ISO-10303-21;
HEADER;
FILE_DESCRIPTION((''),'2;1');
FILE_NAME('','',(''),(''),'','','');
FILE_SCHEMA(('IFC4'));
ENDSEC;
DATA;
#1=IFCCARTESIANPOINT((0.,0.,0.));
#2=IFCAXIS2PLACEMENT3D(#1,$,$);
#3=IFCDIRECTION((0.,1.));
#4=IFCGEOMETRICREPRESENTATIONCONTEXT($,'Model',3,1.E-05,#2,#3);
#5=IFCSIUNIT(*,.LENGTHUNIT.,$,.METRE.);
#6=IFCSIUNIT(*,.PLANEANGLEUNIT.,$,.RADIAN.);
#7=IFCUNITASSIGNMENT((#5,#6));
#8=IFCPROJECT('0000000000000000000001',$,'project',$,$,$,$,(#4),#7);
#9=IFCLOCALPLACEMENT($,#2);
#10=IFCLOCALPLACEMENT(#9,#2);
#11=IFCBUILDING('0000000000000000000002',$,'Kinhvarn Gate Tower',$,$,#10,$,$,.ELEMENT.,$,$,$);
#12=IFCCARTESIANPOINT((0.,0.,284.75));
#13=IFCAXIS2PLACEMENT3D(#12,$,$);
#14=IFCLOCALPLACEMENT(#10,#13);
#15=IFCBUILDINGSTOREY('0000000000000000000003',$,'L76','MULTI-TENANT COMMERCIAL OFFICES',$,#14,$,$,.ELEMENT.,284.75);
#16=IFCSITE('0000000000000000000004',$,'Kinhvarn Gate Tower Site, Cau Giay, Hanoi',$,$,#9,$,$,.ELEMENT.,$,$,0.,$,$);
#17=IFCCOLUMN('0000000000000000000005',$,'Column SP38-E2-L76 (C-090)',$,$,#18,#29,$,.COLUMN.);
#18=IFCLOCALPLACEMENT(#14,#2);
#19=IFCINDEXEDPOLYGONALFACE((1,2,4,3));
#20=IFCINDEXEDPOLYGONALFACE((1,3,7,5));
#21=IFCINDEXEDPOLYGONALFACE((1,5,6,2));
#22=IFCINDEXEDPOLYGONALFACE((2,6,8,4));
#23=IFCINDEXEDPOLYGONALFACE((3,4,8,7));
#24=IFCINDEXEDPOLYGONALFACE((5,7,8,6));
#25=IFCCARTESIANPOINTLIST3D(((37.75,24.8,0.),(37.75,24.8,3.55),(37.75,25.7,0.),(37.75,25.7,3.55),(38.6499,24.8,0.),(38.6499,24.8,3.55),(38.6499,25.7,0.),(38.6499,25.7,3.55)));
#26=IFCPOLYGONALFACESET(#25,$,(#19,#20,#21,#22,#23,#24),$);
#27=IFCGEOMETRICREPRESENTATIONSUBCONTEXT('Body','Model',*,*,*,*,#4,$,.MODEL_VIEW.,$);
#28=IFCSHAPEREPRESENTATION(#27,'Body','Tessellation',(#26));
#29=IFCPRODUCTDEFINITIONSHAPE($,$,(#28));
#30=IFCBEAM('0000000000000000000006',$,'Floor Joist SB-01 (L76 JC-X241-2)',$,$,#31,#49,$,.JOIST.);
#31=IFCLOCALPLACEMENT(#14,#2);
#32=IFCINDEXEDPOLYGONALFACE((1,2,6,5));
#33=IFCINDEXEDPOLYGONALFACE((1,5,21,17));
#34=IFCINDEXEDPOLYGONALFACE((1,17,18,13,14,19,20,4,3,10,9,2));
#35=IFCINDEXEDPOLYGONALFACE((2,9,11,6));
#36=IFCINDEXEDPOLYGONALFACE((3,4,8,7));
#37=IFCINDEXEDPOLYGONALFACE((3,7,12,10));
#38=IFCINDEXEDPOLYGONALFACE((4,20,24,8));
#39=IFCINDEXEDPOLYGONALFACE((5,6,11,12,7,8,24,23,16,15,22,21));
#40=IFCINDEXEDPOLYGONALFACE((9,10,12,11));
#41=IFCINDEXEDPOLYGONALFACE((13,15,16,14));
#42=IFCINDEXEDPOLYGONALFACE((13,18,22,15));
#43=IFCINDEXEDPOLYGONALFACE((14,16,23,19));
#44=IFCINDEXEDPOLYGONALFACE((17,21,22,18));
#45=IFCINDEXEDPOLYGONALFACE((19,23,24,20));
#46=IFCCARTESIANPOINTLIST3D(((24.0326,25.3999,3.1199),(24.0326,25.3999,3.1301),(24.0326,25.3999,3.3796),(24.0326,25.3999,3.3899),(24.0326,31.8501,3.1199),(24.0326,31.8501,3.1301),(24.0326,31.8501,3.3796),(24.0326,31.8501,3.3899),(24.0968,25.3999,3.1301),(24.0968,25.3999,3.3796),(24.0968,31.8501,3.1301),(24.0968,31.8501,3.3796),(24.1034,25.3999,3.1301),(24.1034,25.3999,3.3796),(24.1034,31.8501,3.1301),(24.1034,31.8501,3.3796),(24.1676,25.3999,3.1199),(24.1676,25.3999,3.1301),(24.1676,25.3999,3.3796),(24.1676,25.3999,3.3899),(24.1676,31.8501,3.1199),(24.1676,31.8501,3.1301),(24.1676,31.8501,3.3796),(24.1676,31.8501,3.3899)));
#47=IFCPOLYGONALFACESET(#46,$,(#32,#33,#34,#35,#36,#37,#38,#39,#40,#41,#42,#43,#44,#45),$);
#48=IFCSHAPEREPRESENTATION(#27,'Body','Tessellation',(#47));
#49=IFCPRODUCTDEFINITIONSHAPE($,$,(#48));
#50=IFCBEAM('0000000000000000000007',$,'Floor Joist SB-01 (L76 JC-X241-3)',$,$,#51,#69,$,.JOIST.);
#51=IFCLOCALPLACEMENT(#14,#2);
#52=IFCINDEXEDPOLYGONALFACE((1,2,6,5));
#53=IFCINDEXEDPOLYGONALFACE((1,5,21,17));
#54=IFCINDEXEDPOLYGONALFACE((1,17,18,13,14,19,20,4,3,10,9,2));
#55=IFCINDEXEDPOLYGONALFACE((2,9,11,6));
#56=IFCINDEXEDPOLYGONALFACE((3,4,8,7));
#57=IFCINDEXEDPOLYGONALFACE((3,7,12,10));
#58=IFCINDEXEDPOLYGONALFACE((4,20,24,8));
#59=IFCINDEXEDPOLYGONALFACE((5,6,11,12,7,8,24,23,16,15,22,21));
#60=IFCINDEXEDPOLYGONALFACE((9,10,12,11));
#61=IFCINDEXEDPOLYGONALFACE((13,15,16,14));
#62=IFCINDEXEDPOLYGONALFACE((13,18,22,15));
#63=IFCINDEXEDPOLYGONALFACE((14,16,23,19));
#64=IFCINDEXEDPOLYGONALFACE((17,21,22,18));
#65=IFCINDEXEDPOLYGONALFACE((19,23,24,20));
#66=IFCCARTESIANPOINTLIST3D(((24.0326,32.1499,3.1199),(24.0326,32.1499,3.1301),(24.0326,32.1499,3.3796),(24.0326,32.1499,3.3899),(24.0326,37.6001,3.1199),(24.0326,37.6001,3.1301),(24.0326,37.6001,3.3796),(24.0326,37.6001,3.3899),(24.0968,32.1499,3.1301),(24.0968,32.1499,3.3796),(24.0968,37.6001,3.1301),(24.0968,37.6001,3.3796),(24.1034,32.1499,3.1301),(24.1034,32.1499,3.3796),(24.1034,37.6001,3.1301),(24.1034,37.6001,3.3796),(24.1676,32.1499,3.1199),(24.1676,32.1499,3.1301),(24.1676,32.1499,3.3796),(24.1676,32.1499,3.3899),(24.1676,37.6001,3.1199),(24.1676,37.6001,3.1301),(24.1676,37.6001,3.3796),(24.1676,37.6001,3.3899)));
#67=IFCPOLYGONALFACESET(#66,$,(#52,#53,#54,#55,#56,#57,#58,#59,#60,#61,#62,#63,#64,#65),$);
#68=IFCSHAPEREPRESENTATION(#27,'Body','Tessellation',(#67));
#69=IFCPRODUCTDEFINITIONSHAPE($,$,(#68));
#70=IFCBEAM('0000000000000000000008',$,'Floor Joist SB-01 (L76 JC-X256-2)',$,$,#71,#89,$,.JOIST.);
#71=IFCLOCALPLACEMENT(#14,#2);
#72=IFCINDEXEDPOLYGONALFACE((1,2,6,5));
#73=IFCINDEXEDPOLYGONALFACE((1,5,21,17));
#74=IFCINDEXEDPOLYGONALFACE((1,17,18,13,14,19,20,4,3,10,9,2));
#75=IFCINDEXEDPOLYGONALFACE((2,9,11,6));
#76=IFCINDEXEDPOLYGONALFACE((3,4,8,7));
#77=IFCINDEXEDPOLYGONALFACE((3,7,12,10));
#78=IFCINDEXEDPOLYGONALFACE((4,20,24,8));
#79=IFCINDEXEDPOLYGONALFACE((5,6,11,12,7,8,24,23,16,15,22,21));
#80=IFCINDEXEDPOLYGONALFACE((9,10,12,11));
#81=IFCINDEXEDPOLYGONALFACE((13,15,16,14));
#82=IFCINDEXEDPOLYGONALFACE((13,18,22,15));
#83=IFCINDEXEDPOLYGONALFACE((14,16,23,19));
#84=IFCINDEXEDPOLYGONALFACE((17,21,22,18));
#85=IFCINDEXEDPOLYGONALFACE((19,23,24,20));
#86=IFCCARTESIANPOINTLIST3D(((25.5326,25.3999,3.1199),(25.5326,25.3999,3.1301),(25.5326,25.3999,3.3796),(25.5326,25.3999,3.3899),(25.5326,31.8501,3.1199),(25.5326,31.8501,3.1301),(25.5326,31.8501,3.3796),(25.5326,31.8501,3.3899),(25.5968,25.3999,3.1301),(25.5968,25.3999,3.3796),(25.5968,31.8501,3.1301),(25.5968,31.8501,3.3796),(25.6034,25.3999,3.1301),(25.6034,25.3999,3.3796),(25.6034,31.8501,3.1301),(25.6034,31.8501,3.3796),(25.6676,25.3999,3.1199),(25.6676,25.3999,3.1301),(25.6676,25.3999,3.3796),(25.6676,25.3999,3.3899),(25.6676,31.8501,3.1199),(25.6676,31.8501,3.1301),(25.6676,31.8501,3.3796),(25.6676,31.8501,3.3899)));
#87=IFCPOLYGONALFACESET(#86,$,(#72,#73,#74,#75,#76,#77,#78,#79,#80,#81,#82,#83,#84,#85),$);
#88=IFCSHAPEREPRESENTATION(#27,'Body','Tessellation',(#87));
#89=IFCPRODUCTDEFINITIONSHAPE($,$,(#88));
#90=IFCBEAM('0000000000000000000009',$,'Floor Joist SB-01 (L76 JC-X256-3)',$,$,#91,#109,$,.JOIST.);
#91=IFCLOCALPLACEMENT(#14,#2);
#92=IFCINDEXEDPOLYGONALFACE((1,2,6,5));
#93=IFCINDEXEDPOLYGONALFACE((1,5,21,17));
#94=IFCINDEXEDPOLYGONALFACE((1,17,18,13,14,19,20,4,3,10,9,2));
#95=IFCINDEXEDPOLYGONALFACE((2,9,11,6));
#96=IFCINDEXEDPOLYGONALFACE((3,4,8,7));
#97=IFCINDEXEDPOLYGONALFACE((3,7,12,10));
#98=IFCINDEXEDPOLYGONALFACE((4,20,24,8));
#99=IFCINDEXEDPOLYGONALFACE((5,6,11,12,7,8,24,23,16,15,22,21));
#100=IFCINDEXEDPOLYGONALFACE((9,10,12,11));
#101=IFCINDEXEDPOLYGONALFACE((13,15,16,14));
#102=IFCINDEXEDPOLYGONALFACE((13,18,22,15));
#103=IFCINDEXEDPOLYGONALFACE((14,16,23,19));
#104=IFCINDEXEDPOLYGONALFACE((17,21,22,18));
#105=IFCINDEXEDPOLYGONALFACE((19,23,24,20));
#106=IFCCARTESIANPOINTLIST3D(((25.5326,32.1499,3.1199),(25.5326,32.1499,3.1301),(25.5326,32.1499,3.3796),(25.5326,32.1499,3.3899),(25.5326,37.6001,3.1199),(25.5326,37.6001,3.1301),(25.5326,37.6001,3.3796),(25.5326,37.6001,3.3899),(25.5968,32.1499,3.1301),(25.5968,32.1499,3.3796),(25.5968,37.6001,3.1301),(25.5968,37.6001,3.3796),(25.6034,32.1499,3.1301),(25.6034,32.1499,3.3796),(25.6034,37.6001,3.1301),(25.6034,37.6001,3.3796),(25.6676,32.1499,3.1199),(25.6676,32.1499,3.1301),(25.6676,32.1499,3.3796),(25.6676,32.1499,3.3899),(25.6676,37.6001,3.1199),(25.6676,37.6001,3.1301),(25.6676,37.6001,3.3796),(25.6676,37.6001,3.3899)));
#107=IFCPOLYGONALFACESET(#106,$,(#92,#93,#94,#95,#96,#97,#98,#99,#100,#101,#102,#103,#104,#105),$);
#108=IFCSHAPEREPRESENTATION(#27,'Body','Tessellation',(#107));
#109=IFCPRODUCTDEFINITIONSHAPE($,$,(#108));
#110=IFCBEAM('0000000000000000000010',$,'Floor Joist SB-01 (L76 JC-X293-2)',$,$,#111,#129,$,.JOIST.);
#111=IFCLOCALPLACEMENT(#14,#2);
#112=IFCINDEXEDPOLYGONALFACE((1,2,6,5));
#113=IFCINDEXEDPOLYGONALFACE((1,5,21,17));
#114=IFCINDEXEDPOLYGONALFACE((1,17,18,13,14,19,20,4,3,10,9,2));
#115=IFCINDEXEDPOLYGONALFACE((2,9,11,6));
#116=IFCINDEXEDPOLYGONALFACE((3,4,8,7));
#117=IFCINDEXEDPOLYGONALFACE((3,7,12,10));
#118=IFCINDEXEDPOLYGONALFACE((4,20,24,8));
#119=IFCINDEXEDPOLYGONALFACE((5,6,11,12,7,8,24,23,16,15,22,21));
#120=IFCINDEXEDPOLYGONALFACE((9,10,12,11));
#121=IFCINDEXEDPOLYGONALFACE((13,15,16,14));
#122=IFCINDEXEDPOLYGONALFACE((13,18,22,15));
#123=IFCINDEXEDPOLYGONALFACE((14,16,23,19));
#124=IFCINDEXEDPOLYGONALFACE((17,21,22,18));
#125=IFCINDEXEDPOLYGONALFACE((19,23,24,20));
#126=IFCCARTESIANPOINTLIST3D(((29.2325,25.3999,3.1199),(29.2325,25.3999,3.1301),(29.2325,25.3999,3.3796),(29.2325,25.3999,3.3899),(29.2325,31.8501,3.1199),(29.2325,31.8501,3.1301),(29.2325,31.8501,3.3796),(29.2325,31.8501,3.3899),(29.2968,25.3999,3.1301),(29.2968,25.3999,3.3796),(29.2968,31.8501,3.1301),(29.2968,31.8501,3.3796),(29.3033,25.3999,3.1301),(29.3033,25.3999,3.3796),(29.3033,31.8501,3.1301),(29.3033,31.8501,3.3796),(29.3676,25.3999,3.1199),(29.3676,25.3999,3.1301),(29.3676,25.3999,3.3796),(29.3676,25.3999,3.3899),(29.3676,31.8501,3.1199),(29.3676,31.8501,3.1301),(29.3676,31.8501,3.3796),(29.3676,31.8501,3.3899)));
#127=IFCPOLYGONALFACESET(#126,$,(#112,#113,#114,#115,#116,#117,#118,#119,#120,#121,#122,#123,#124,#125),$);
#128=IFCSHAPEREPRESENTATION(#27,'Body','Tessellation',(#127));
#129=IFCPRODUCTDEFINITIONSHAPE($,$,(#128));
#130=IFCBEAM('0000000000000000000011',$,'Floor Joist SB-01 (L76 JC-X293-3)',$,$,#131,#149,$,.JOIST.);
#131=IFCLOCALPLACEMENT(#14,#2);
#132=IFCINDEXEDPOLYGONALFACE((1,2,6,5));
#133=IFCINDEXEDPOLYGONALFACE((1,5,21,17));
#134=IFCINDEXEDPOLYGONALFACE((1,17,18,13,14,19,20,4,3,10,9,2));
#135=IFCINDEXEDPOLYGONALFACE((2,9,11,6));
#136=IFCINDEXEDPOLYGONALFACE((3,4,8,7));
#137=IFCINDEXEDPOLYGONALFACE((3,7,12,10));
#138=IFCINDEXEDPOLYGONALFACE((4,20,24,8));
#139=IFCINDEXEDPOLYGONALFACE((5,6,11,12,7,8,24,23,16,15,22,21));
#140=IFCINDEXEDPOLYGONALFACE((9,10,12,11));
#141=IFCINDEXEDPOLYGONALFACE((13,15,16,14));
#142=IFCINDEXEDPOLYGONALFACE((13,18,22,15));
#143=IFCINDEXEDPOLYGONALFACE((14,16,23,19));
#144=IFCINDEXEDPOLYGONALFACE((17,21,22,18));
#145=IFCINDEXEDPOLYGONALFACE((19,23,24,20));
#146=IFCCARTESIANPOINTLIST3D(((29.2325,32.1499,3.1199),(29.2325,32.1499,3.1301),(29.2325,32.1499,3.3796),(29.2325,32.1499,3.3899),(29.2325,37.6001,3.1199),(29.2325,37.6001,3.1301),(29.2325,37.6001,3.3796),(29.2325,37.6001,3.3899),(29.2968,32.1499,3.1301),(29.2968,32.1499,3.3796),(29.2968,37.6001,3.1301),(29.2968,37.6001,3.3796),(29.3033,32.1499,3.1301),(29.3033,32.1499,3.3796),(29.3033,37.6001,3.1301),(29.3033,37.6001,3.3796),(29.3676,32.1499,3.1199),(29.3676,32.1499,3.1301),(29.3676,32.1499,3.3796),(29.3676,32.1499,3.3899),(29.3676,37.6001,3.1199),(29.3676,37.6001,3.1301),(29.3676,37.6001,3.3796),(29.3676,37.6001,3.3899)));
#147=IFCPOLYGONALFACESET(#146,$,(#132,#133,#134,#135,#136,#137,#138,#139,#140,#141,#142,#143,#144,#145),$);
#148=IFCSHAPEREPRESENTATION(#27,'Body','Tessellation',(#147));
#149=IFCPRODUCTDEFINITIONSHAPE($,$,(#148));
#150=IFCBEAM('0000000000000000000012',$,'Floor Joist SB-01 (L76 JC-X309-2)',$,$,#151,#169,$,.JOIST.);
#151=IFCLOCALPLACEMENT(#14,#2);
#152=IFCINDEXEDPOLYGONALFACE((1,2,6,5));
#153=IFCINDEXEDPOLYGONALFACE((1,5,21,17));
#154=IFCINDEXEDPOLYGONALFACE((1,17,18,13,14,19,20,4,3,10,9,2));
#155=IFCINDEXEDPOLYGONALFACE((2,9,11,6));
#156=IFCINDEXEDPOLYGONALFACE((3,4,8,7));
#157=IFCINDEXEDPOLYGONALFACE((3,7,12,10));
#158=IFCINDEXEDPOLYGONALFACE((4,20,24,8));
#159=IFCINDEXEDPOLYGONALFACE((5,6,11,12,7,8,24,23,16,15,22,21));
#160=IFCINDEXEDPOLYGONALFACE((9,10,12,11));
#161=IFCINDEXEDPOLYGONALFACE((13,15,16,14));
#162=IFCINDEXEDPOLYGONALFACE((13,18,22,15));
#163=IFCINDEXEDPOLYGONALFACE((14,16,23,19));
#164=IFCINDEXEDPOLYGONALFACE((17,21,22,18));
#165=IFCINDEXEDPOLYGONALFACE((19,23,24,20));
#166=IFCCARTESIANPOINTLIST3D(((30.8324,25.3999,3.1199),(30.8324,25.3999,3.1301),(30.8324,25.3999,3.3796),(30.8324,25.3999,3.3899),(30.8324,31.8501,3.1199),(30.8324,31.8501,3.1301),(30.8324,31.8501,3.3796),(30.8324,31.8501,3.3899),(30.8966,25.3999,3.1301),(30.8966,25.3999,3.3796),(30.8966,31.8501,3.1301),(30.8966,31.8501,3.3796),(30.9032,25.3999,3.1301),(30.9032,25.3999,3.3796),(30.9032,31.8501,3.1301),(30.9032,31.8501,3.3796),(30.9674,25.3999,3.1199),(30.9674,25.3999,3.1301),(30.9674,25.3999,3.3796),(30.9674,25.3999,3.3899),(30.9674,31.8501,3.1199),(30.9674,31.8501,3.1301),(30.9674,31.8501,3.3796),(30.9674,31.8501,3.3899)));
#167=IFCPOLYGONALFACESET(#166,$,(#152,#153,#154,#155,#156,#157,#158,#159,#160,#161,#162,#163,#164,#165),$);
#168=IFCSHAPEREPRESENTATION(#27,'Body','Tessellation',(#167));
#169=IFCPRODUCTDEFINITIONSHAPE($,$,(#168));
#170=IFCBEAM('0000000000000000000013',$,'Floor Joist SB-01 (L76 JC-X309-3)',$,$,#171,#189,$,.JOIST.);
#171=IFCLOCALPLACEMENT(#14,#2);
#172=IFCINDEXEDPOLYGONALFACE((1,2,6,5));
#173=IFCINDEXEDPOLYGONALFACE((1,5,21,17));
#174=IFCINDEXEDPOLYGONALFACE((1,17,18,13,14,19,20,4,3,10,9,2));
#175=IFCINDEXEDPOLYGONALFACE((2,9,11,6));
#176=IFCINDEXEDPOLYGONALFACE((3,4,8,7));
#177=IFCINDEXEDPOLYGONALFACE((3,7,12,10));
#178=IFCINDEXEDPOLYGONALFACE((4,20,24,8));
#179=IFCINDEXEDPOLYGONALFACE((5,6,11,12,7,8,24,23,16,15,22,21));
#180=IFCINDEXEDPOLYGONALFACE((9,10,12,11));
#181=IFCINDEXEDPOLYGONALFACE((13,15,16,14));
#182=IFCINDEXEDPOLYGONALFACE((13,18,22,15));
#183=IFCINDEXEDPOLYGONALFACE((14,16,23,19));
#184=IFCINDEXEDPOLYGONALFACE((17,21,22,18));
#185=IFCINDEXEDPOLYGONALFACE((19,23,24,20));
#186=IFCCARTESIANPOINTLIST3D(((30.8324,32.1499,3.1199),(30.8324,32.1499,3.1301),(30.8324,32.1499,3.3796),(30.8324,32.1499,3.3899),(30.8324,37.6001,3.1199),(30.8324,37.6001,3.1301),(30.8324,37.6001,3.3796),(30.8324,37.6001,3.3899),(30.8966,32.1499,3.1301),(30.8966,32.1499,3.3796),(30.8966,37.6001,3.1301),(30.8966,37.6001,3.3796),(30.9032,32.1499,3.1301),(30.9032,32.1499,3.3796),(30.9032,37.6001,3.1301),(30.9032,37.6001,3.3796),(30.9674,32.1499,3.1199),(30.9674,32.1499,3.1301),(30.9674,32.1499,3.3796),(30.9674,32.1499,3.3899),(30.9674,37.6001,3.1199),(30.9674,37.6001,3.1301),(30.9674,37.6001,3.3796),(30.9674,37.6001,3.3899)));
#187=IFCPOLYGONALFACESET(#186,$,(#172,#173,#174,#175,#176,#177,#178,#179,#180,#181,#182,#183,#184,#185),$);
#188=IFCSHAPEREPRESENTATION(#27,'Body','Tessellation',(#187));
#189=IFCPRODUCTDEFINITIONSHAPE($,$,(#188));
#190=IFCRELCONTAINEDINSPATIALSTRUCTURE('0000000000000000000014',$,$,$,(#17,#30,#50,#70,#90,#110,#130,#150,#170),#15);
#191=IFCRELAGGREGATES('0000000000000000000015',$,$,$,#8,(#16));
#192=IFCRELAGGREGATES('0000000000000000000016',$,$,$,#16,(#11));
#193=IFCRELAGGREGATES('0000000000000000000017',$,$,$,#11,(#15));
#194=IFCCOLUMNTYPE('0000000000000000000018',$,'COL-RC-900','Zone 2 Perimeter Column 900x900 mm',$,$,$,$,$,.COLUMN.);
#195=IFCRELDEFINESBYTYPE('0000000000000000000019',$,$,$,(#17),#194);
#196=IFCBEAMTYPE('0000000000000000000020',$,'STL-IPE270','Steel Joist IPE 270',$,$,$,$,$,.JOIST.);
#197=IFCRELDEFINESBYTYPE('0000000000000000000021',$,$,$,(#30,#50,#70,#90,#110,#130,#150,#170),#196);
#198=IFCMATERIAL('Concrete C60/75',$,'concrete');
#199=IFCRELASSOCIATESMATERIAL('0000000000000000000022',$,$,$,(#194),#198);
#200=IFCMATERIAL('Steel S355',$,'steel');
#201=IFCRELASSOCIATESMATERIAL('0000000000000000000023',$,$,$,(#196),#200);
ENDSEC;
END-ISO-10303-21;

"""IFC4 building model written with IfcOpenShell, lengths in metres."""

from ifc_helpers import new_model, si_unit, direction, frame, origin, origin_2d, place, context, subcontext, project, spatial, rectangle, i_section, extrude, material, material_profile, profile_set, type_object, element, save


model = new_model("IFC4")

# Units and contexts
model_context = context("Model", 3, precision=1e-05, world=origin(), true_north=direction((0.0, 1.0)))
body_context = subcontext(model_context, "Body", "Model", "MODEL_VIEW")
ifc_project = project(units=[si_unit("LENGTHUNIT", "METRE"), si_unit("PLANEANGLEUNIT", "RADIAN")], contexts=[model_context])

# Site, building, storey
site_placement = place(None, origin())
site = spatial("IfcSite", under=ifc_project, at=site_placement, Name="Kinhvarn Gate Tower Site, Cau Giay, Hanoi", CompositionType="ELEMENT", RefElevation=0.0)
building_placement = place(site_placement, origin())
building = spatial("IfcBuilding", under=site, at=building_placement, Name="Kinhvarn Gate Tower", CompositionType="ELEMENT")
storey_placement = place(building_placement, frame((0.0, 0.0, 284.75)))
storey = spatial("IfcBuildingStorey", under=building, at=storey_placement, Name="L76", Description="MULTI-TENANT COMMERCIAL OFFICES", CompositionType="ELEMENT", Elevation=284.75)

# Column
ifc_material_1 = material(Name="Concrete C60/75", Category="concrete")
ifc_material_profile_1 = material_profile(ifc_material_1, rectangle(XDim=0.8999, YDim=0.8999, at=origin_2d()), Name="RC 900x900")
ifc_profile_set_1 = profile_set([ifc_material_profile_1], Name="Concrete C60/75")
column_type = type_object("IfcColumnType", Name="COL-RC-900", Description="Zone 2 Perimeter Column 900x900 mm", PredefinedType="COLUMN", material=ifc_profile_set_1)
column_placement = place(storey_placement, frame((38.2, 25.25, 0.0), z_axis=(0.0, 0.0, 1.0), x_axis=(1.0, 0.0, 0.0)))
element("IfcColumn", 1, at=column_placement, inside=storey, type_object=column_type, Name="Column SP38-E2-L76 (C-090)", PredefinedType="COLUMN", context=body_context, shape_type="SweptSolid", body=[
    extrude(rectangle(XDim=0.8999, YDim=0.8999, at=origin_2d()), origin(), (0.0, 0.0, 1.0), 3.55),
])

# Beams
ifc_material_2 = material(Name="Steel S355", Category="steel")
ifc_material_profile_2 = material_profile(ifc_material_2, i_section(OverallWidth=0.135, OverallDepth=0.27, WebThickness=0.0066, FlangeThickness=0.0103, at=origin_2d()), Name="IPE 270")
ifc_profile_set_2 = profile_set([ifc_material_profile_2], Name="Steel S355")
beam_type = type_object("IfcBeamType", Name="STL-IPE270", Description="Steel Joist IPE 270", PredefinedType="JOIST", material=ifc_profile_set_2)
beam_1_placement = place(storey_placement, frame((24.1001, 25.3999, 3.2549), z_axis=(0.0, 1.0, 0.0), x_axis=(-1.0, 0.0, 0.0)))
element("IfcBeam", 2, at=beam_1_placement, inside=storey, type_object=beam_type, Name="Floor Joist SB-01 (L76 JC-X241-2)", PredefinedType="JOIST", context=body_context, shape_type="SweptSolid", body=[
    extrude(i_section(OverallWidth=0.135, OverallDepth=0.27, WebThickness=0.0066, FlangeThickness=0.0103, at=origin_2d()), origin(), (0.0, 0.0, 1.0), 6.4502),
])
beam_2_placement = place(storey_placement, frame((24.1001, 32.1499, 3.2549), z_axis=(0.0, 1.0, 0.0), x_axis=(-1.0, 0.0, 0.0)))
element("IfcBeam", 3, at=beam_2_placement, inside=storey, type_object=beam_type, Name="Floor Joist SB-01 (L76 JC-X241-3)", PredefinedType="JOIST", context=body_context, shape_type="SweptSolid", body=[
    extrude(i_section(OverallWidth=0.135, OverallDepth=0.27, WebThickness=0.0066, FlangeThickness=0.0103, at=origin_2d()), origin(), (0.0, 0.0, 1.0), 5.4502),
])
beam_3_placement = place(storey_placement, frame((25.6001, 25.3999, 3.2549), z_axis=(0.0, 1.0, 0.0), x_axis=(-1.0, 0.0, 0.0)))
element("IfcBeam", 4, at=beam_3_placement, inside=storey, type_object=beam_type, Name="Floor Joist SB-01 (L76 JC-X256-2)", PredefinedType="JOIST", context=body_context, shape_type="SweptSolid", body=[
    extrude(i_section(OverallWidth=0.135, OverallDepth=0.27, WebThickness=0.0066, FlangeThickness=0.0103, at=origin_2d()), origin(), (0.0, 0.0, 1.0), 6.4502),
])
beam_4_placement = place(storey_placement, frame((25.6001, 32.1499, 3.2549), z_axis=(0.0, 1.0, 0.0), x_axis=(-1.0, 0.0, 0.0)))
element("IfcBeam", 5, at=beam_4_placement, inside=storey, type_object=beam_type, Name="Floor Joist SB-01 (L76 JC-X256-3)", PredefinedType="JOIST", context=body_context, shape_type="SweptSolid", body=[
    extrude(i_section(OverallWidth=0.135, OverallDepth=0.27, WebThickness=0.0066, FlangeThickness=0.0103, at=origin_2d()), origin(), (0.0, 0.0, 1.0), 5.4502),
])
beam_5_placement = place(storey_placement, frame((29.3, 25.3999, 3.2549), z_axis=(0.0, 1.0, 0.0), x_axis=(-1.0, 0.0, 0.0)))
element("IfcBeam", 6, at=beam_5_placement, inside=storey, type_object=beam_type, Name="Floor Joist SB-01 (L76 JC-X293-2)", PredefinedType="JOIST", context=body_context, shape_type="SweptSolid", body=[
    extrude(i_section(OverallWidth=0.135, OverallDepth=0.27, WebThickness=0.0066, FlangeThickness=0.0103, at=origin_2d()), origin(), (0.0, 0.0, 1.0), 6.4502),
])
beam_6_placement = place(storey_placement, frame((29.3, 32.1499, 3.2549), z_axis=(0.0, 1.0, 0.0), x_axis=(-1.0, 0.0, 0.0)))
element("IfcBeam", 7, at=beam_6_placement, inside=storey, type_object=beam_type, Name="Floor Joist SB-01 (L76 JC-X293-3)", PredefinedType="JOIST", context=body_context, shape_type="SweptSolid", body=[
    extrude(i_section(OverallWidth=0.135, OverallDepth=0.27, WebThickness=0.0066, FlangeThickness=0.0103, at=origin_2d()), origin(), (0.0, 0.0, 1.0), 5.4502),
])
beam_7_placement = place(storey_placement, frame((30.8999, 25.3999, 3.2549), z_axis=(0.0, 1.0, 0.0), x_axis=(-1.0, 0.0, 0.0)))
element("IfcBeam", 8, at=beam_7_placement, inside=storey, type_object=beam_type, Name="Floor Joist SB-01 (L76 JC-X309-2)", PredefinedType="JOIST", context=body_context, shape_type="SweptSolid", body=[
    extrude(i_section(OverallWidth=0.135, OverallDepth=0.27, WebThickness=0.0066, FlangeThickness=0.0103, at=origin_2d()), origin(), (0.0, 0.0, 1.0), 6.4502),
])
beam_8_placement = place(storey_placement, frame((30.8999, 32.1499, 3.2549), z_axis=(0.0, 1.0, 0.0), x_axis=(-1.0, 0.0, 0.0)))
element("IfcBeam", 9, at=beam_8_placement, inside=storey, type_object=beam_type, Name="Floor Joist SB-01 (L76 JC-X309-3)", PredefinedType="JOIST", context=body_context, shape_type="SweptSolid", body=[
    extrude(i_section(OverallWidth=0.135, OverallDepth=0.27, WebThickness=0.0066, FlangeThickness=0.0103, at=origin_2d()), origin(), (0.0, 0.0, 1.0), 5.4502),
])

save(model, "model.ifc")
